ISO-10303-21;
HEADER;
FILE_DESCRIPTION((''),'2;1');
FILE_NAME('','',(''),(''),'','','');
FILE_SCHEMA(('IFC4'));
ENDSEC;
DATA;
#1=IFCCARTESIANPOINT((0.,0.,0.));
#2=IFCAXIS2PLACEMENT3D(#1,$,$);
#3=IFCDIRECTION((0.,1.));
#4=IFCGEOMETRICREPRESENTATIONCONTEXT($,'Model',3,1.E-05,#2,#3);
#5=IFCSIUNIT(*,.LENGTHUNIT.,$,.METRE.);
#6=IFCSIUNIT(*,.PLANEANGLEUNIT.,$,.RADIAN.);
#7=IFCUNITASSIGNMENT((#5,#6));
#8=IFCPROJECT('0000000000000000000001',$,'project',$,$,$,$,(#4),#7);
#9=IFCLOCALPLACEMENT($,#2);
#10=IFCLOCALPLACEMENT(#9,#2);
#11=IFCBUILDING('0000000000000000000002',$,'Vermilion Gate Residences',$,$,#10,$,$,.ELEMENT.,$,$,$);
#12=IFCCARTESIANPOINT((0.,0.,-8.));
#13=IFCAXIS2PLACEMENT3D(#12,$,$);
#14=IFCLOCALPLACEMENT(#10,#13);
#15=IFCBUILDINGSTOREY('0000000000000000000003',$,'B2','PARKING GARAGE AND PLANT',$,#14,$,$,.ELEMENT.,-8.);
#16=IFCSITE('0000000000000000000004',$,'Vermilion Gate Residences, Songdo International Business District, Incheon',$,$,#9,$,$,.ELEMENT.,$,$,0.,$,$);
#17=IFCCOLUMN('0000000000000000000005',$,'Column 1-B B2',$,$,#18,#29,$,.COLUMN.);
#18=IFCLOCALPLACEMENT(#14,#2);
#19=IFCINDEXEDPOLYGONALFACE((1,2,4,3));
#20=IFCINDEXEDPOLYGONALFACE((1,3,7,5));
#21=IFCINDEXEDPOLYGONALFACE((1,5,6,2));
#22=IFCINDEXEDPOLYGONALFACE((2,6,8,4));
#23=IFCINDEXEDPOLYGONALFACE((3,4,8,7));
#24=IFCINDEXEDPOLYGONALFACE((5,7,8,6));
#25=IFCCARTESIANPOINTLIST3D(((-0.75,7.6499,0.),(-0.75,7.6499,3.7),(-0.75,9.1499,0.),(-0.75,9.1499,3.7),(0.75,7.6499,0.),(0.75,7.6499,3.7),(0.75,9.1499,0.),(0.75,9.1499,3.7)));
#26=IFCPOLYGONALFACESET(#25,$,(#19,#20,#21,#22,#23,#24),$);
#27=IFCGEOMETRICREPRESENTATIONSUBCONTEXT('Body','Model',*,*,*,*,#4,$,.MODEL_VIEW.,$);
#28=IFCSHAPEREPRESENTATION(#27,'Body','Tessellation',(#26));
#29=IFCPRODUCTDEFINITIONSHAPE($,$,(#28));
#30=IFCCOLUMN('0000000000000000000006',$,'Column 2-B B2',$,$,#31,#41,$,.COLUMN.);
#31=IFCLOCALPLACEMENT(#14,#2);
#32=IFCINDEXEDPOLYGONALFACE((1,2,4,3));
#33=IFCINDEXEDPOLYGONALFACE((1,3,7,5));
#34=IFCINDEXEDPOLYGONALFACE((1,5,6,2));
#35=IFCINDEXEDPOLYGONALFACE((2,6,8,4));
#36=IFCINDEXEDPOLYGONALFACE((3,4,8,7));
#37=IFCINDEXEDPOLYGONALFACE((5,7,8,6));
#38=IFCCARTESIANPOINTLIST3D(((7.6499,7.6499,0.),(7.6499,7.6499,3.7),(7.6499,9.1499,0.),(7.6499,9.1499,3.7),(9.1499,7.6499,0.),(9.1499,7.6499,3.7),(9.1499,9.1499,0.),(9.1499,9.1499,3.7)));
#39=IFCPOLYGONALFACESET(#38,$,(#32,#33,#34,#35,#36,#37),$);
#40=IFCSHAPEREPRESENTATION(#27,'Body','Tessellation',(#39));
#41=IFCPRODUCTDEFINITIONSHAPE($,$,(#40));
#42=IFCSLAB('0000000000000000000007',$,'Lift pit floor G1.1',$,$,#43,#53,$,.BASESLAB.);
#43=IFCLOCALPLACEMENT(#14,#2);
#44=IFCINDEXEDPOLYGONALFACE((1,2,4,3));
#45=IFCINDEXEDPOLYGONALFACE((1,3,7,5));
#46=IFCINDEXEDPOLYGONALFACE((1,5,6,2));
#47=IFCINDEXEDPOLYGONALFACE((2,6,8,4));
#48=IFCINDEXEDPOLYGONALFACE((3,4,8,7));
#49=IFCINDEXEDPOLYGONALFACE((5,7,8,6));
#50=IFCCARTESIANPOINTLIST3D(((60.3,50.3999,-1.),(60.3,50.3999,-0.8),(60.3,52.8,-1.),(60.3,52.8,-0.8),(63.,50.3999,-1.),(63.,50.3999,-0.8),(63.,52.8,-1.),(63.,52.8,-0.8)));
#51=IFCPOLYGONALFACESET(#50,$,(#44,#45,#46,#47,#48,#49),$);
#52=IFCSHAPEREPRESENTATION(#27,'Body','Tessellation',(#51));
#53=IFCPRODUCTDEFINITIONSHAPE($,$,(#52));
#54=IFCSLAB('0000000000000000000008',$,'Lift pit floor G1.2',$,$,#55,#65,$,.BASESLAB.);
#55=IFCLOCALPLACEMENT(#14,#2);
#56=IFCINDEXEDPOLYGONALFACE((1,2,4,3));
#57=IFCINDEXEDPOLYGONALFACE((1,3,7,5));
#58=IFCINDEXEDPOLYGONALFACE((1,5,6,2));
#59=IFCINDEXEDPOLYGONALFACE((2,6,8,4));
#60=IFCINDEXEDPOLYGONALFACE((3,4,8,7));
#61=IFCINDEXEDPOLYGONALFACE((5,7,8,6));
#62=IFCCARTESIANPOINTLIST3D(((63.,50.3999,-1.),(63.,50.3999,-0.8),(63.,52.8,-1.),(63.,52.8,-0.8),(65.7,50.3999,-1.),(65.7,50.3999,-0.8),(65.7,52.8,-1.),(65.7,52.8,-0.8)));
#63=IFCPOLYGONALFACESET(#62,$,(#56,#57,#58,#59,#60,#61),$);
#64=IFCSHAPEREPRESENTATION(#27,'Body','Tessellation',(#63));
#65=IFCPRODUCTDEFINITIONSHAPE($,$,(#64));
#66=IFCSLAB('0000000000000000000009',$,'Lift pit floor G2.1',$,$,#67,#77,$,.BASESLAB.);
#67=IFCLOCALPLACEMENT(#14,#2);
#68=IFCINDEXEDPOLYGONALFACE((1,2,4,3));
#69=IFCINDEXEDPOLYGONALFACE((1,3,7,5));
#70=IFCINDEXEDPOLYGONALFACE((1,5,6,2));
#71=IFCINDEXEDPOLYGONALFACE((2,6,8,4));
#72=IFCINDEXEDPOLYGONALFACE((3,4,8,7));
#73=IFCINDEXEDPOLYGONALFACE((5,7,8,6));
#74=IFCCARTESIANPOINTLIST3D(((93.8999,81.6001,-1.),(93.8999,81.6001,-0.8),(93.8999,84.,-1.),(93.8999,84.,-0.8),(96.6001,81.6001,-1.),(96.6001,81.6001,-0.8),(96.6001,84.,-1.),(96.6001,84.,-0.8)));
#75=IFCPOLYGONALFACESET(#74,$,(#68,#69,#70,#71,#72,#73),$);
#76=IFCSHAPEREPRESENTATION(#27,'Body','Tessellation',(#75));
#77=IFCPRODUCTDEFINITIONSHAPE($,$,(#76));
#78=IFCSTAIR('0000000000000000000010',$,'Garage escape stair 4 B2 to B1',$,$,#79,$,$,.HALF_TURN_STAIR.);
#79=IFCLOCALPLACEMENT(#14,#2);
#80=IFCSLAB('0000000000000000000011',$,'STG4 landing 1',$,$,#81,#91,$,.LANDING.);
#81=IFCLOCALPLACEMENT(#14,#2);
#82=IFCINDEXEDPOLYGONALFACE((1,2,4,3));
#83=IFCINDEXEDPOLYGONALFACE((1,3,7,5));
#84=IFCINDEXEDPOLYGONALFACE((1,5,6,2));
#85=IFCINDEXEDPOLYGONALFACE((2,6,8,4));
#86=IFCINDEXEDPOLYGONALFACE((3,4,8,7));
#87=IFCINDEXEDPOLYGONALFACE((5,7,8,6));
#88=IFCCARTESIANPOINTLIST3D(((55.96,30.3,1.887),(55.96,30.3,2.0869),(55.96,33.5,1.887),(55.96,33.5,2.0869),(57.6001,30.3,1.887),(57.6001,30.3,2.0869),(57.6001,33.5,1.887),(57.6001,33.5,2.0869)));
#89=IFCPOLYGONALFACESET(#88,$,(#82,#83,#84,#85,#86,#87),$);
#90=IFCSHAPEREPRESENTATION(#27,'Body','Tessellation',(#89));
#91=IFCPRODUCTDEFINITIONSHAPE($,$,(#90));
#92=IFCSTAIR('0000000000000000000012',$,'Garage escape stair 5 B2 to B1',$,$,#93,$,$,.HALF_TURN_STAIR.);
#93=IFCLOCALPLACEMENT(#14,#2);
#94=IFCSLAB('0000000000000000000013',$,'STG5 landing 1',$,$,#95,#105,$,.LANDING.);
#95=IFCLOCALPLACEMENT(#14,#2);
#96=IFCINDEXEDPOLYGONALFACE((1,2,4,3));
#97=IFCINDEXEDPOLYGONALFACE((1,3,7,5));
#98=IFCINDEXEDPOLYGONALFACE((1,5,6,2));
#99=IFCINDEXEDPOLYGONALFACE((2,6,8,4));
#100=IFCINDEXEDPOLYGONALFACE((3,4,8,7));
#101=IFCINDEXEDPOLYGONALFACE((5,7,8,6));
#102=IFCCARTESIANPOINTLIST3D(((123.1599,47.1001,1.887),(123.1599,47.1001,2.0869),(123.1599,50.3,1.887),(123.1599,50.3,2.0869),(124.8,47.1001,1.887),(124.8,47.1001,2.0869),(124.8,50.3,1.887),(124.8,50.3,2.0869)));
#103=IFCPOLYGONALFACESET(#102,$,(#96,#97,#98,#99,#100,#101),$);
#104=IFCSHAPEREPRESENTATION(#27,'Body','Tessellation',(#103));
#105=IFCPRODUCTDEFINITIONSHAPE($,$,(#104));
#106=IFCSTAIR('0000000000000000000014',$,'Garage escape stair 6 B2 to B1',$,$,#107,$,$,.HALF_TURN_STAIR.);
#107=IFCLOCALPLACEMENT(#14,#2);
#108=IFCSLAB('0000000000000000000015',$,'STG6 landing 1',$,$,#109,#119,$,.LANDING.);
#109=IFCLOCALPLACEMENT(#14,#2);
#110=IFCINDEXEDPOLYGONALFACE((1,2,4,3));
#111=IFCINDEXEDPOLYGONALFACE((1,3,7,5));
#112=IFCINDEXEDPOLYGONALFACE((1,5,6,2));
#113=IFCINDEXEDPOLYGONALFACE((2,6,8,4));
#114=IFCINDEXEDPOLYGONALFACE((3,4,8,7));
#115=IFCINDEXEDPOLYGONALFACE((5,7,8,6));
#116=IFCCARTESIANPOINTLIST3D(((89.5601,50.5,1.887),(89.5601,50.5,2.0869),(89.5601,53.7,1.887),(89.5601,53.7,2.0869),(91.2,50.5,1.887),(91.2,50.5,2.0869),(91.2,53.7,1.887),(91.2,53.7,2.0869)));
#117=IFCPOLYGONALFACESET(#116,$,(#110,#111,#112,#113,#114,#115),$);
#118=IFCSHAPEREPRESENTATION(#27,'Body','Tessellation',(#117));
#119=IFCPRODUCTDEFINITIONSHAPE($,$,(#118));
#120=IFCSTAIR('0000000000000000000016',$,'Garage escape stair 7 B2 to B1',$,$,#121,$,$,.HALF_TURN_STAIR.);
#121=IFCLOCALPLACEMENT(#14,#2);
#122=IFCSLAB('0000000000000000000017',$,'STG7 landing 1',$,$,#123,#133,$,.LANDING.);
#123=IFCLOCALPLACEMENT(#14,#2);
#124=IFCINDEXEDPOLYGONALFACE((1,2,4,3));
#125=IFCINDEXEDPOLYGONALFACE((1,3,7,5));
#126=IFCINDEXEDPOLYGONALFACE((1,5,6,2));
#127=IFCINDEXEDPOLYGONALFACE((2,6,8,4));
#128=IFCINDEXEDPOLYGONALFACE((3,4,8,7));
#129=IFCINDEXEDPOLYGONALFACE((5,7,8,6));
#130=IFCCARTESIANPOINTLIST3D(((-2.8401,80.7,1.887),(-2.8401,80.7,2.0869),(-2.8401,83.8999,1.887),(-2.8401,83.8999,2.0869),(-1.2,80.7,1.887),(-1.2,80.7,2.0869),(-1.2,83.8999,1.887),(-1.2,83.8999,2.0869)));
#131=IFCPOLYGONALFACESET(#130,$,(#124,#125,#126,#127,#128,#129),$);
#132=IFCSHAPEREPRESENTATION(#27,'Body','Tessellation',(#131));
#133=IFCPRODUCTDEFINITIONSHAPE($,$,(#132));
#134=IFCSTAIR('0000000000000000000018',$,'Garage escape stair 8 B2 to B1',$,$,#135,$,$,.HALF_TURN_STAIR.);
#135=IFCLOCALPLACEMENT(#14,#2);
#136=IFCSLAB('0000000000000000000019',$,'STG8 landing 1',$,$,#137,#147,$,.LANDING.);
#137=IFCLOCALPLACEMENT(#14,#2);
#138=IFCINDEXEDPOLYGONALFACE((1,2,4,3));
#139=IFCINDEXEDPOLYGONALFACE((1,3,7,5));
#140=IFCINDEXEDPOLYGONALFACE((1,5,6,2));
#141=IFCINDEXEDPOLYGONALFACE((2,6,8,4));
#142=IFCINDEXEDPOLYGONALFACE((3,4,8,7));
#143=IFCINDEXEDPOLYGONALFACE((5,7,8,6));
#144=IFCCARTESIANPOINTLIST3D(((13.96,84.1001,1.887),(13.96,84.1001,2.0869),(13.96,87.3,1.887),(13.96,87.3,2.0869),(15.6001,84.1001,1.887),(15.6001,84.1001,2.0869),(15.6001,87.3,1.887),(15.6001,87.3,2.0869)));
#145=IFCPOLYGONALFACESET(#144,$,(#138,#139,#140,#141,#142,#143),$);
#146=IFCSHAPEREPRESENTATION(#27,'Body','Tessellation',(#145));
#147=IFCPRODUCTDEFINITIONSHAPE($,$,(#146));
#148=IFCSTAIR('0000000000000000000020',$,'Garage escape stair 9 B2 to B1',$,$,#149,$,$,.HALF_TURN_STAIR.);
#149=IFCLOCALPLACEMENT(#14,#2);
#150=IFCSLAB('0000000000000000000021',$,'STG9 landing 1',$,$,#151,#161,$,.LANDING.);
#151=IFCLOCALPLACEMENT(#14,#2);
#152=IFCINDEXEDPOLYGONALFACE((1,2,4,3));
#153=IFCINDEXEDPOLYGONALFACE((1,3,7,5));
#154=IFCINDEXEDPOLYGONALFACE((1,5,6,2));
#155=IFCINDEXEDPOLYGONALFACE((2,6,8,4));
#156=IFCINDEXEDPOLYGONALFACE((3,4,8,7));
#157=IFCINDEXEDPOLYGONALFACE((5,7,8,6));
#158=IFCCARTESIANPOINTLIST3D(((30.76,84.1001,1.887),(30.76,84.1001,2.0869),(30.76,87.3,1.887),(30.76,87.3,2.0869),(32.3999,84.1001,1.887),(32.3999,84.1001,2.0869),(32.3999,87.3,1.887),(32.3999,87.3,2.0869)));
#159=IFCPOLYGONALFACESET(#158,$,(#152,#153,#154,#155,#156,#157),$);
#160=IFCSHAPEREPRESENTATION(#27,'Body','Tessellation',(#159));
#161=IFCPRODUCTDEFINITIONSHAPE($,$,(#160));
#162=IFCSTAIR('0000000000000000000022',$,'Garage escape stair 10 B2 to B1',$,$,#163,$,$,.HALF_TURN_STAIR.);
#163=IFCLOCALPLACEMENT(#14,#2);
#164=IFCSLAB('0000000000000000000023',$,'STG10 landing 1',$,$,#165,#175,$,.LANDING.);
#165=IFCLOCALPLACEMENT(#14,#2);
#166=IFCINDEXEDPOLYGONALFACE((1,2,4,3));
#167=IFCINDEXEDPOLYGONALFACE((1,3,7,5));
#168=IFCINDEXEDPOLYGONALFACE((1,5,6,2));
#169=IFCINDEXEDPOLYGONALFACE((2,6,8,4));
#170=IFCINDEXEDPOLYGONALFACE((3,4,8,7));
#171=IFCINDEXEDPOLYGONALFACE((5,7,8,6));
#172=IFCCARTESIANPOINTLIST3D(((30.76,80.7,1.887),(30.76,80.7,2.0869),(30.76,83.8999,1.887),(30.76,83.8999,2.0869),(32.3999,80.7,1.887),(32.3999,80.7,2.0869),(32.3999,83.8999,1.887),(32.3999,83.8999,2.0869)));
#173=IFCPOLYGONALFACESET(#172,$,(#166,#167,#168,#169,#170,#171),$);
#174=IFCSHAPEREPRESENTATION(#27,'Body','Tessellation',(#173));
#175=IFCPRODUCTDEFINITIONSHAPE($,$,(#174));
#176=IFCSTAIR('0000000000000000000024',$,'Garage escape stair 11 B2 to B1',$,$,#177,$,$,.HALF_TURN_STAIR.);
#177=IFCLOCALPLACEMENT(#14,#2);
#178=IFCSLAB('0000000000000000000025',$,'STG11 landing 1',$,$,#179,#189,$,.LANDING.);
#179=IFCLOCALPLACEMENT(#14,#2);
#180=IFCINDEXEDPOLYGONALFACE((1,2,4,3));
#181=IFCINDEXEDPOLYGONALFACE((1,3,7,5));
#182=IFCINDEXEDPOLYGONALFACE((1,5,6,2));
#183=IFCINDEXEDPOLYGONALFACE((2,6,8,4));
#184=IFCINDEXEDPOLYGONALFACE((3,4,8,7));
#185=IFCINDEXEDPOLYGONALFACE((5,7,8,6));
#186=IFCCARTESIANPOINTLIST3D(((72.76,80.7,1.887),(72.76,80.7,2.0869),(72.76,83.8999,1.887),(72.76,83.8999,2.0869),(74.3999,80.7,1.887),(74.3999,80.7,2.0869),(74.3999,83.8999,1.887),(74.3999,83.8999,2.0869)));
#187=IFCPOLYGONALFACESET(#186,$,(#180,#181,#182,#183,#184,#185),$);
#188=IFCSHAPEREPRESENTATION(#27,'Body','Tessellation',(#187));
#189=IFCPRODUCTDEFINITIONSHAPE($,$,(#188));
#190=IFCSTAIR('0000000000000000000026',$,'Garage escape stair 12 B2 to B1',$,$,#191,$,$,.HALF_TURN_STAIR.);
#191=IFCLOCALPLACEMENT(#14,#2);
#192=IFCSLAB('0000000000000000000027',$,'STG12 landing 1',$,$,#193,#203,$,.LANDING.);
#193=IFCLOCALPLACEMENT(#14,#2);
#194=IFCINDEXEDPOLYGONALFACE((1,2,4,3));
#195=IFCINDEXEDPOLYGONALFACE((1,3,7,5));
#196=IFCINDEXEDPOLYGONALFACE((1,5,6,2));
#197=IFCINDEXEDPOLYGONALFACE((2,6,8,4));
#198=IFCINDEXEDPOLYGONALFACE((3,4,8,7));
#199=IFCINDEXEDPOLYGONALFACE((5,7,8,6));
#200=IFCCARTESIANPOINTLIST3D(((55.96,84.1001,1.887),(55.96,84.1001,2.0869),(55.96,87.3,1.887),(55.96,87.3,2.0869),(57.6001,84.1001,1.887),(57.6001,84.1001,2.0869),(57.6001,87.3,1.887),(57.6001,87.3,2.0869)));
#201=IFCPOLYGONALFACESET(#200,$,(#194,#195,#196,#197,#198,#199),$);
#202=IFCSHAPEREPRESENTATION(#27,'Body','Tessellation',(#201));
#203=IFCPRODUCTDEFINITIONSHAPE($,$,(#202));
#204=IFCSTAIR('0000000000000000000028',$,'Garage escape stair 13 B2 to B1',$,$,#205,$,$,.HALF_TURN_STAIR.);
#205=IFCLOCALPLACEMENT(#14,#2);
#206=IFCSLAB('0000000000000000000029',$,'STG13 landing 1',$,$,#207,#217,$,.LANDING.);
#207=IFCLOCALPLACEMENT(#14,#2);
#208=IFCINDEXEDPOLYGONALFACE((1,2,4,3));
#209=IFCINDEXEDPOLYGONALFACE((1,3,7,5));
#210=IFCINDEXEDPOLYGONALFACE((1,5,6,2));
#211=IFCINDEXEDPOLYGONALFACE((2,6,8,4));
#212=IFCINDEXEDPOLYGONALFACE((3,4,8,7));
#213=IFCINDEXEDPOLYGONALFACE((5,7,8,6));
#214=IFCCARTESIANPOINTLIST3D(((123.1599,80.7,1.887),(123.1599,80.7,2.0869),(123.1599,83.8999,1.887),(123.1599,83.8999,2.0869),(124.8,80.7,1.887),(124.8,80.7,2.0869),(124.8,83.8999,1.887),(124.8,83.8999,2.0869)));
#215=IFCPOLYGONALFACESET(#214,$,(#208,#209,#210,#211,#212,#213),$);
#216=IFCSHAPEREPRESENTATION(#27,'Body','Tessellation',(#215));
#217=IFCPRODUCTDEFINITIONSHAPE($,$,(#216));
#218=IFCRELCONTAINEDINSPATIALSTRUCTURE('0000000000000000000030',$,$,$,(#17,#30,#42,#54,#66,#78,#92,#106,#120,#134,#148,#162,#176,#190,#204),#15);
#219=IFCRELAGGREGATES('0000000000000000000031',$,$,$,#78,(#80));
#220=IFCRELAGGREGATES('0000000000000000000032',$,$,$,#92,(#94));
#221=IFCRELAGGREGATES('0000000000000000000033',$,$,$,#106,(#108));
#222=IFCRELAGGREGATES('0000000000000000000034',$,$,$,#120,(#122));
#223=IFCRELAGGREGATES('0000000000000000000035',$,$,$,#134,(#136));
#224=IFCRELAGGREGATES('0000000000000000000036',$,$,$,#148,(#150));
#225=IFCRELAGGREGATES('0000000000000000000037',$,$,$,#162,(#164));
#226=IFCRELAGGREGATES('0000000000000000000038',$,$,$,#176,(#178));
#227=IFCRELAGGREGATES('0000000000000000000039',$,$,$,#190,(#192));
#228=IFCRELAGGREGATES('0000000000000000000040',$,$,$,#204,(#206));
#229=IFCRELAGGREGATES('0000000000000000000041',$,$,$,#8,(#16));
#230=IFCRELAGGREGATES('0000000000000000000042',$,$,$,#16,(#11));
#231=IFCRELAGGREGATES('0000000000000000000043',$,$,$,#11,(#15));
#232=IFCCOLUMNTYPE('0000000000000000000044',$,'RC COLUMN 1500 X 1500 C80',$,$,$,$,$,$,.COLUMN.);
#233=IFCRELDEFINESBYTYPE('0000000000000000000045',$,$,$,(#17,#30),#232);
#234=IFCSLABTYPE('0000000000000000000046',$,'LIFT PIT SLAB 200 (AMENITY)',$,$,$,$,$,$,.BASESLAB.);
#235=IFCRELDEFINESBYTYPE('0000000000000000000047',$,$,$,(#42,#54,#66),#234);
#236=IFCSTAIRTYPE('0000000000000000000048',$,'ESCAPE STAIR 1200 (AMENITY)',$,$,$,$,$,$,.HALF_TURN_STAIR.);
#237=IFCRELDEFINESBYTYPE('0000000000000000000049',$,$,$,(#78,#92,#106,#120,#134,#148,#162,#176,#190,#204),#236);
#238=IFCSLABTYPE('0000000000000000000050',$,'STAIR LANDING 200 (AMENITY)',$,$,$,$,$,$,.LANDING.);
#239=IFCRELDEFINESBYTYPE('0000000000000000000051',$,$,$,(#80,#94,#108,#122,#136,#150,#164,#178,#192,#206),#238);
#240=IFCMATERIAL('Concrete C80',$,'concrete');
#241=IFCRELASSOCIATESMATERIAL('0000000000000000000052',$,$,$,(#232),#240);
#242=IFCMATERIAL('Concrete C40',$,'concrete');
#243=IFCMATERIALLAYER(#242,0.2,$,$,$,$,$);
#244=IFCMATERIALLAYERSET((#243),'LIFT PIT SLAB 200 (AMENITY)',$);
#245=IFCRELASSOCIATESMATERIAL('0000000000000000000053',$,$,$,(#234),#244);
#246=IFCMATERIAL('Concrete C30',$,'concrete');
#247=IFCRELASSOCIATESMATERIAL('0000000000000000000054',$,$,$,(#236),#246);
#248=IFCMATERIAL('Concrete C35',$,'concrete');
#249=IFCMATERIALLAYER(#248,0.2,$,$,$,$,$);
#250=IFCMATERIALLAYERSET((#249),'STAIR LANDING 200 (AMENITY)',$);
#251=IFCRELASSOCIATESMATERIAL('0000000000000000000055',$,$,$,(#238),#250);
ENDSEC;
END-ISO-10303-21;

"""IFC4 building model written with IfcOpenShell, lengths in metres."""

from ifc_helpers import new_model, si_unit, direction, frame, origin, origin_2d, place, context, subcontext, project, spatial, polyline, rectangle, outline, extrude, material, layer, layer_set, material_profile, profile_set, type_object, element, aggregate, save


model = new_model("IFC4")

# Units and contexts
model_context = context("Model", 3, precision=1e-05, world=origin(), true_north=direction((0.0, 1.0)))
body_context = subcontext(model_context, "Body", "Model", "MODEL_VIEW")
ifc_project = project(units=[si_unit("LENGTHUNIT", "METRE"), si_unit("PLANEANGLEUNIT", "RADIAN")], contexts=[model_context])

# Site, building, storey
site_placement = place(None, origin())
site = spatial("IfcSite", under=ifc_project, at=site_placement, Name="Vermilion Gate Residences, Songdo International Business District, Incheon", CompositionType="ELEMENT", RefElevation=0.0)
building_placement = place(site_placement, origin())
building = spatial("IfcBuilding", under=site, at=building_placement, Name="Vermilion Gate Residences", CompositionType="ELEMENT")
storey_placement = place(building_placement, frame((0.0, 0.0, -8.0)))
storey = spatial("IfcBuildingStorey", under=building, at=storey_placement, Name="B2", Description="PARKING GARAGE AND PLANT", CompositionType="ELEMENT", Elevation=-8.0)

# Columns
ifc_material_1 = material(Name="Concrete C80", Category="concrete")
ifc_material_profile = material_profile(ifc_material_1, rectangle(XDim=1.5, YDim=1.5, at=origin_2d()), Name="RC-1500x1500")
ifc_profile_set = profile_set([ifc_material_profile], Name="Concrete C80")
column_type = type_object("IfcColumnType", Name="RC COLUMN 1500 X 1500 C80", PredefinedType="COLUMN", material=ifc_profile_set)
for number, where, z_axis, x_axis, name in (
    (1, (0.0, 8.3999, 0.0), (0.0, 0.0, 1.0), (1.0, 0.0, 0.0), "Column 1-B B2"),
    (2, (8.3999, 8.3999, 0.0), (0.0, 0.0, 1.0), (1.0, 0.0, 0.0), "Column 2-B B2"),
):
    element("IfcColumn", number, at=place(storey_placement, frame(where, z_axis=z_axis, x_axis=x_axis)), inside=storey, type_object=column_type, Name=name, PredefinedType="COLUMN", context=body_context, shape_type="SweptSolid", body=[
        extrude(rectangle(XDim=1.5, YDim=1.5, at=origin_2d()), origin(), (0.0, 0.0, 1.0), 3.7),
    ])

# Slabs
ifc_material_2 = material(Name="Concrete C40", Category="concrete")
ifc_layer_1 = layer(ifc_material_2, 0.2)
ifc_layer_set_1 = layer_set([ifc_layer_1], Name="LIFT PIT SLAB 200 (AMENITY)")
slab_type_1 = type_object("IfcSlabType", Name="LIFT PIT SLAB 200 (AMENITY)", PredefinedType="BASESLAB", material=ifc_layer_set_1)
slab_1_placement = place(storey_placement, frame((0.0, 0.0, -1.0)))
element("IfcSlab", 3, at=slab_1_placement, inside=storey, type_object=slab_type_1, Name="Lift pit floor G1.1", PredefinedType="BASESLAB", context=body_context, shape_type="SweptSolid", body=[
    extrude(outline(polyline([(60.3, 50.3999), (63.0, 50.3999), (63.0, 52.8), (60.3, 52.8), (60.3, 50.3999)])), origin(), (0.0, 0.0, 1.0), 0.2),
])
slab_2_placement = place(storey_placement, frame((0.0, 0.0, -1.0)))
element("IfcSlab", 4, at=slab_2_placement, inside=storey, type_object=slab_type_1, Name="Lift pit floor G1.2", PredefinedType="BASESLAB", context=body_context, shape_type="SweptSolid", body=[
    extrude(outline(polyline([(63.0, 50.3999), (65.7, 50.3999), (65.7, 52.8), (63.0, 52.8), (63.0, 50.3999)])), origin(), (0.0, 0.0, 1.0), 0.2),
])
slab_3_placement = place(storey_placement, frame((0.0, 0.0, -1.0)))
element("IfcSlab", 5, at=slab_3_placement, inside=storey, type_object=slab_type_1, Name="Lift pit floor G2.1", PredefinedType="BASESLAB", context=body_context, shape_type="SweptSolid", body=[
    extrude(outline(polyline([(93.8999, 81.6001), (96.6001, 81.6001), (96.6001, 84.0), (93.8999, 84.0), (93.8999, 81.6001)])), origin(), (0.0, 0.0, 1.0), 0.2),
])

# Stairs, slabs
ifc_material_3 = material(Name="Concrete C30", Category="concrete")
stair_type = type_object("IfcStairType", Name="ESCAPE STAIR 1200 (AMENITY)", PredefinedType="HALF_TURN_STAIR", material=ifc_material_3)
stair_1_placement = place(storey_placement, origin())
stair_1 = element("IfcStair", 6, at=stair_1_placement, inside=storey, type_object=stair_type, Name="Garage escape stair 4 B2 to B1", PredefinedType="HALF_TURN_STAIR")
ifc_material_4 = material(Name="Concrete C35", Category="concrete")
ifc_layer_2 = layer(ifc_material_4, 0.2)
ifc_layer_set_2 = layer_set([ifc_layer_2], Name="STAIR LANDING 200 (AMENITY)")
slab_type_2 = type_object("IfcSlabType", Name="STAIR LANDING 200 (AMENITY)", PredefinedType="LANDING", material=ifc_layer_set_2)
slab_4_placement = place(storey_placement, frame((0.0, 0.0, 1.887)))
slab_4 = element("IfcSlab", 7, at=slab_4_placement, type_object=slab_type_2, Name="STG4 landing 1", PredefinedType="LANDING", context=body_context, shape_type="SweptSolid", body=[
    extrude(outline(polyline([(55.96, 30.3), (57.6001, 30.3), (57.6001, 33.5), (55.96, 33.5), (55.96, 30.3)])), origin(), (0.0, 0.0, 1.0), 0.2),
])
aggregate(stair_1, [slab_4])
stair_2_placement = place(storey_placement, origin())
stair_2 = element("IfcStair", 8, at=stair_2_placement, inside=storey, type_object=stair_type, Name="Garage escape stair 5 B2 to B1", PredefinedType="HALF_TURN_STAIR")
slab_5_placement = place(storey_placement, frame((0.0, 0.0, 1.887)))
slab_5 = element("IfcSlab", 9, at=slab_5_placement, type_object=slab_type_2, Name="STG5 landing 1", PredefinedType="LANDING", context=body_context, shape_type="SweptSolid", body=[
    extrude(outline(polyline([(123.1599, 47.1001), (124.8, 47.1001), (124.8, 50.3), (123.1599, 50.3), (123.1599, 47.1001)])), origin(), (0.0, 0.0, 1.0), 0.2),
])
aggregate(stair_2, [slab_5])
stair_3_placement = place(storey_placement, origin())
stair_3 = element("IfcStair", 10, at=stair_3_placement, inside=storey, type_object=stair_type, Name="Garage escape stair 6 B2 to B1", PredefinedType="HALF_TURN_STAIR")
slab_6_placement = place(storey_placement, frame((0.0, 0.0, 1.887)))
slab_6 = element("IfcSlab", 11, at=slab_6_placement, type_object=slab_type_2, Name="STG6 landing 1", PredefinedType="LANDING", context=body_context, shape_type="SweptSolid", body=[
    extrude(outline(polyline([(89.5601, 50.5), (91.2, 50.5), (91.2, 53.7), (89.5601, 53.7), (89.5601, 50.5)])), origin(), (0.0, 0.0, 1.0), 0.2),
])
aggregate(stair_3, [slab_6])
stair_4_placement = place(storey_placement, origin())
stair_4 = element("IfcStair", 12, at=stair_4_placement, inside=storey, type_object=stair_type, Name="Garage escape stair 7 B2 to B1", PredefinedType="HALF_TURN_STAIR")
slab_7_placement = place(storey_placement, frame((0.0, 0.0, 1.887)))
slab_7 = element("IfcSlab", 13, at=slab_7_placement, type_object=slab_type_2, Name="STG7 landing 1", PredefinedType="LANDING", context=body_context, shape_type="SweptSolid", body=[
    extrude(outline(polyline([(-2.8401, 80.7), (-1.2, 80.7), (-1.2, 83.8999), (-2.8401, 83.8999), (-2.8401, 80.7)])), origin(), (0.0, 0.0, 1.0), 0.2),
])
aggregate(stair_4, [slab_7])
stair_5_placement = place(storey_placement, origin())
stair_5 = element("IfcStair", 14, at=stair_5_placement, inside=storey, type_object=stair_type, Name="Garage escape stair 8 B2 to B1", PredefinedType="HALF_TURN_STAIR")
slab_8_placement = place(storey_placement, frame((0.0, 0.0, 1.887)))
slab_8 = element("IfcSlab", 15, at=slab_8_placement, type_object=slab_type_2, Name="STG8 landing 1", PredefinedType="LANDING", context=body_context, shape_type="SweptSolid", body=[
    extrude(outline(polyline([(13.96, 84.1001), (15.6001, 84.1001), (15.6001, 87.3), (13.96, 87.3), (13.96, 84.1001)])), origin(), (0.0, 0.0, 1.0), 0.2),
])
aggregate(stair_5, [slab_8])
stair_6_placement = place(storey_placement, origin())
stair_6 = element("IfcStair", 16, at=stair_6_placement, inside=storey, type_object=stair_type, Name="Garage escape stair 9 B2 to B1", PredefinedType="HALF_TURN_STAIR")
slab_9_placement = place(storey_placement, frame((0.0, 0.0, 1.887)))
slab_9 = element("IfcSlab", 17, at=slab_9_placement, type_object=slab_type_2, Name="STG9 landing 1", PredefinedType="LANDING", context=body_context, shape_type="SweptSolid", body=[
    extrude(outline(polyline([(30.76, 84.1001), (32.3999, 84.1001), (32.3999, 87.3), (30.76, 87.3), (30.76, 84.1001)])), origin(), (0.0, 0.0, 1.0), 0.2),
])
aggregate(stair_6, [slab_9])
stair_7_placement = place(storey_placement, origin())
stair_7 = element("IfcStair", 18, at=stair_7_placement, inside=storey, type_object=stair_type, Name="Garage escape stair 10 B2 to B1", PredefinedType="HALF_TURN_STAIR")
slab_10_placement = place(storey_placement, frame((0.0, 0.0, 1.887)))
slab_10 = element("IfcSlab", 19, at=slab_10_placement, type_object=slab_type_2, Name="STG10 landing 1", PredefinedType="LANDING", context=body_context, shape_type="SweptSolid", body=[
    extrude(outline(polyline([(30.76, 80.7), (32.3999, 80.7), (32.3999, 83.8999), (30.76, 83.8999), (30.76, 80.7)])), origin(), (0.0, 0.0, 1.0), 0.2),
])
aggregate(stair_7, [slab_10])
stair_8_placement = place(storey_placement, origin())
stair_8 = element("IfcStair", 20, at=stair_8_placement, inside=storey, type_object=stair_type, Name="Garage escape stair 11 B2 to B1", PredefinedType="HALF_TURN_STAIR")
slab_11_placement = place(storey_placement, frame((0.0, 0.0, 1.887)))
slab_11 = element("IfcSlab", 21, at=slab_11_placement, type_object=slab_type_2, Name="STG11 landing 1", PredefinedType="LANDING", context=body_context, shape_type="SweptSolid", body=[
    extrude(outline(polyline([(72.76, 80.7), (74.3999, 80.7), (74.3999, 83.8999), (72.76, 83.8999), (72.76, 80.7)])), origin(), (0.0, 0.0, 1.0), 0.2),
])
aggregate(stair_8, [slab_11])
stair_9_placement = place(storey_placement, origin())
stair_9 = element("IfcStair", 22, at=stair_9_placement, inside=storey, type_object=stair_type, Name="Garage escape stair 12 B2 to B1", PredefinedType="HALF_TURN_STAIR")
slab_12_placement = place(storey_placement, frame((0.0, 0.0, 1.887)))
slab_12 = element("IfcSlab", 23, at=slab_12_placement, type_object=slab_type_2, Name="STG12 landing 1", PredefinedType="LANDING", context=body_context, shape_type="SweptSolid", body=[
    extrude(outline(polyline([(55.96, 84.1001), (57.6001, 84.1001), (57.6001, 87.3), (55.96, 87.3), (55.96, 84.1001)])), origin(), (0.0, 0.0, 1.0), 0.2),
])
aggregate(stair_9, [slab_12])
stair_10_placement = place(storey_placement, origin())
stair_10 = element("IfcStair", 24, at=stair_10_placement, inside=storey, type_object=stair_type, Name="Garage escape stair 13 B2 to B1", PredefinedType="HALF_TURN_STAIR")
slab_13_placement = place(storey_placement, frame((0.0, 0.0, 1.887)))
slab_13 = element("IfcSlab", 25, at=slab_13_placement, type_object=slab_type_2, Name="STG13 landing 1", PredefinedType="LANDING", context=body_context, shape_type="SweptSolid", body=[
    extrude(outline(polyline([(123.1599, 80.7), (124.8, 80.7), (124.8, 83.8999), (123.1599, 83.8999), (123.1599, 80.7)])), origin(), (0.0, 0.0, 1.0), 0.2),
])
aggregate(stair_10, [slab_13])

save(model, "model.ifc")
